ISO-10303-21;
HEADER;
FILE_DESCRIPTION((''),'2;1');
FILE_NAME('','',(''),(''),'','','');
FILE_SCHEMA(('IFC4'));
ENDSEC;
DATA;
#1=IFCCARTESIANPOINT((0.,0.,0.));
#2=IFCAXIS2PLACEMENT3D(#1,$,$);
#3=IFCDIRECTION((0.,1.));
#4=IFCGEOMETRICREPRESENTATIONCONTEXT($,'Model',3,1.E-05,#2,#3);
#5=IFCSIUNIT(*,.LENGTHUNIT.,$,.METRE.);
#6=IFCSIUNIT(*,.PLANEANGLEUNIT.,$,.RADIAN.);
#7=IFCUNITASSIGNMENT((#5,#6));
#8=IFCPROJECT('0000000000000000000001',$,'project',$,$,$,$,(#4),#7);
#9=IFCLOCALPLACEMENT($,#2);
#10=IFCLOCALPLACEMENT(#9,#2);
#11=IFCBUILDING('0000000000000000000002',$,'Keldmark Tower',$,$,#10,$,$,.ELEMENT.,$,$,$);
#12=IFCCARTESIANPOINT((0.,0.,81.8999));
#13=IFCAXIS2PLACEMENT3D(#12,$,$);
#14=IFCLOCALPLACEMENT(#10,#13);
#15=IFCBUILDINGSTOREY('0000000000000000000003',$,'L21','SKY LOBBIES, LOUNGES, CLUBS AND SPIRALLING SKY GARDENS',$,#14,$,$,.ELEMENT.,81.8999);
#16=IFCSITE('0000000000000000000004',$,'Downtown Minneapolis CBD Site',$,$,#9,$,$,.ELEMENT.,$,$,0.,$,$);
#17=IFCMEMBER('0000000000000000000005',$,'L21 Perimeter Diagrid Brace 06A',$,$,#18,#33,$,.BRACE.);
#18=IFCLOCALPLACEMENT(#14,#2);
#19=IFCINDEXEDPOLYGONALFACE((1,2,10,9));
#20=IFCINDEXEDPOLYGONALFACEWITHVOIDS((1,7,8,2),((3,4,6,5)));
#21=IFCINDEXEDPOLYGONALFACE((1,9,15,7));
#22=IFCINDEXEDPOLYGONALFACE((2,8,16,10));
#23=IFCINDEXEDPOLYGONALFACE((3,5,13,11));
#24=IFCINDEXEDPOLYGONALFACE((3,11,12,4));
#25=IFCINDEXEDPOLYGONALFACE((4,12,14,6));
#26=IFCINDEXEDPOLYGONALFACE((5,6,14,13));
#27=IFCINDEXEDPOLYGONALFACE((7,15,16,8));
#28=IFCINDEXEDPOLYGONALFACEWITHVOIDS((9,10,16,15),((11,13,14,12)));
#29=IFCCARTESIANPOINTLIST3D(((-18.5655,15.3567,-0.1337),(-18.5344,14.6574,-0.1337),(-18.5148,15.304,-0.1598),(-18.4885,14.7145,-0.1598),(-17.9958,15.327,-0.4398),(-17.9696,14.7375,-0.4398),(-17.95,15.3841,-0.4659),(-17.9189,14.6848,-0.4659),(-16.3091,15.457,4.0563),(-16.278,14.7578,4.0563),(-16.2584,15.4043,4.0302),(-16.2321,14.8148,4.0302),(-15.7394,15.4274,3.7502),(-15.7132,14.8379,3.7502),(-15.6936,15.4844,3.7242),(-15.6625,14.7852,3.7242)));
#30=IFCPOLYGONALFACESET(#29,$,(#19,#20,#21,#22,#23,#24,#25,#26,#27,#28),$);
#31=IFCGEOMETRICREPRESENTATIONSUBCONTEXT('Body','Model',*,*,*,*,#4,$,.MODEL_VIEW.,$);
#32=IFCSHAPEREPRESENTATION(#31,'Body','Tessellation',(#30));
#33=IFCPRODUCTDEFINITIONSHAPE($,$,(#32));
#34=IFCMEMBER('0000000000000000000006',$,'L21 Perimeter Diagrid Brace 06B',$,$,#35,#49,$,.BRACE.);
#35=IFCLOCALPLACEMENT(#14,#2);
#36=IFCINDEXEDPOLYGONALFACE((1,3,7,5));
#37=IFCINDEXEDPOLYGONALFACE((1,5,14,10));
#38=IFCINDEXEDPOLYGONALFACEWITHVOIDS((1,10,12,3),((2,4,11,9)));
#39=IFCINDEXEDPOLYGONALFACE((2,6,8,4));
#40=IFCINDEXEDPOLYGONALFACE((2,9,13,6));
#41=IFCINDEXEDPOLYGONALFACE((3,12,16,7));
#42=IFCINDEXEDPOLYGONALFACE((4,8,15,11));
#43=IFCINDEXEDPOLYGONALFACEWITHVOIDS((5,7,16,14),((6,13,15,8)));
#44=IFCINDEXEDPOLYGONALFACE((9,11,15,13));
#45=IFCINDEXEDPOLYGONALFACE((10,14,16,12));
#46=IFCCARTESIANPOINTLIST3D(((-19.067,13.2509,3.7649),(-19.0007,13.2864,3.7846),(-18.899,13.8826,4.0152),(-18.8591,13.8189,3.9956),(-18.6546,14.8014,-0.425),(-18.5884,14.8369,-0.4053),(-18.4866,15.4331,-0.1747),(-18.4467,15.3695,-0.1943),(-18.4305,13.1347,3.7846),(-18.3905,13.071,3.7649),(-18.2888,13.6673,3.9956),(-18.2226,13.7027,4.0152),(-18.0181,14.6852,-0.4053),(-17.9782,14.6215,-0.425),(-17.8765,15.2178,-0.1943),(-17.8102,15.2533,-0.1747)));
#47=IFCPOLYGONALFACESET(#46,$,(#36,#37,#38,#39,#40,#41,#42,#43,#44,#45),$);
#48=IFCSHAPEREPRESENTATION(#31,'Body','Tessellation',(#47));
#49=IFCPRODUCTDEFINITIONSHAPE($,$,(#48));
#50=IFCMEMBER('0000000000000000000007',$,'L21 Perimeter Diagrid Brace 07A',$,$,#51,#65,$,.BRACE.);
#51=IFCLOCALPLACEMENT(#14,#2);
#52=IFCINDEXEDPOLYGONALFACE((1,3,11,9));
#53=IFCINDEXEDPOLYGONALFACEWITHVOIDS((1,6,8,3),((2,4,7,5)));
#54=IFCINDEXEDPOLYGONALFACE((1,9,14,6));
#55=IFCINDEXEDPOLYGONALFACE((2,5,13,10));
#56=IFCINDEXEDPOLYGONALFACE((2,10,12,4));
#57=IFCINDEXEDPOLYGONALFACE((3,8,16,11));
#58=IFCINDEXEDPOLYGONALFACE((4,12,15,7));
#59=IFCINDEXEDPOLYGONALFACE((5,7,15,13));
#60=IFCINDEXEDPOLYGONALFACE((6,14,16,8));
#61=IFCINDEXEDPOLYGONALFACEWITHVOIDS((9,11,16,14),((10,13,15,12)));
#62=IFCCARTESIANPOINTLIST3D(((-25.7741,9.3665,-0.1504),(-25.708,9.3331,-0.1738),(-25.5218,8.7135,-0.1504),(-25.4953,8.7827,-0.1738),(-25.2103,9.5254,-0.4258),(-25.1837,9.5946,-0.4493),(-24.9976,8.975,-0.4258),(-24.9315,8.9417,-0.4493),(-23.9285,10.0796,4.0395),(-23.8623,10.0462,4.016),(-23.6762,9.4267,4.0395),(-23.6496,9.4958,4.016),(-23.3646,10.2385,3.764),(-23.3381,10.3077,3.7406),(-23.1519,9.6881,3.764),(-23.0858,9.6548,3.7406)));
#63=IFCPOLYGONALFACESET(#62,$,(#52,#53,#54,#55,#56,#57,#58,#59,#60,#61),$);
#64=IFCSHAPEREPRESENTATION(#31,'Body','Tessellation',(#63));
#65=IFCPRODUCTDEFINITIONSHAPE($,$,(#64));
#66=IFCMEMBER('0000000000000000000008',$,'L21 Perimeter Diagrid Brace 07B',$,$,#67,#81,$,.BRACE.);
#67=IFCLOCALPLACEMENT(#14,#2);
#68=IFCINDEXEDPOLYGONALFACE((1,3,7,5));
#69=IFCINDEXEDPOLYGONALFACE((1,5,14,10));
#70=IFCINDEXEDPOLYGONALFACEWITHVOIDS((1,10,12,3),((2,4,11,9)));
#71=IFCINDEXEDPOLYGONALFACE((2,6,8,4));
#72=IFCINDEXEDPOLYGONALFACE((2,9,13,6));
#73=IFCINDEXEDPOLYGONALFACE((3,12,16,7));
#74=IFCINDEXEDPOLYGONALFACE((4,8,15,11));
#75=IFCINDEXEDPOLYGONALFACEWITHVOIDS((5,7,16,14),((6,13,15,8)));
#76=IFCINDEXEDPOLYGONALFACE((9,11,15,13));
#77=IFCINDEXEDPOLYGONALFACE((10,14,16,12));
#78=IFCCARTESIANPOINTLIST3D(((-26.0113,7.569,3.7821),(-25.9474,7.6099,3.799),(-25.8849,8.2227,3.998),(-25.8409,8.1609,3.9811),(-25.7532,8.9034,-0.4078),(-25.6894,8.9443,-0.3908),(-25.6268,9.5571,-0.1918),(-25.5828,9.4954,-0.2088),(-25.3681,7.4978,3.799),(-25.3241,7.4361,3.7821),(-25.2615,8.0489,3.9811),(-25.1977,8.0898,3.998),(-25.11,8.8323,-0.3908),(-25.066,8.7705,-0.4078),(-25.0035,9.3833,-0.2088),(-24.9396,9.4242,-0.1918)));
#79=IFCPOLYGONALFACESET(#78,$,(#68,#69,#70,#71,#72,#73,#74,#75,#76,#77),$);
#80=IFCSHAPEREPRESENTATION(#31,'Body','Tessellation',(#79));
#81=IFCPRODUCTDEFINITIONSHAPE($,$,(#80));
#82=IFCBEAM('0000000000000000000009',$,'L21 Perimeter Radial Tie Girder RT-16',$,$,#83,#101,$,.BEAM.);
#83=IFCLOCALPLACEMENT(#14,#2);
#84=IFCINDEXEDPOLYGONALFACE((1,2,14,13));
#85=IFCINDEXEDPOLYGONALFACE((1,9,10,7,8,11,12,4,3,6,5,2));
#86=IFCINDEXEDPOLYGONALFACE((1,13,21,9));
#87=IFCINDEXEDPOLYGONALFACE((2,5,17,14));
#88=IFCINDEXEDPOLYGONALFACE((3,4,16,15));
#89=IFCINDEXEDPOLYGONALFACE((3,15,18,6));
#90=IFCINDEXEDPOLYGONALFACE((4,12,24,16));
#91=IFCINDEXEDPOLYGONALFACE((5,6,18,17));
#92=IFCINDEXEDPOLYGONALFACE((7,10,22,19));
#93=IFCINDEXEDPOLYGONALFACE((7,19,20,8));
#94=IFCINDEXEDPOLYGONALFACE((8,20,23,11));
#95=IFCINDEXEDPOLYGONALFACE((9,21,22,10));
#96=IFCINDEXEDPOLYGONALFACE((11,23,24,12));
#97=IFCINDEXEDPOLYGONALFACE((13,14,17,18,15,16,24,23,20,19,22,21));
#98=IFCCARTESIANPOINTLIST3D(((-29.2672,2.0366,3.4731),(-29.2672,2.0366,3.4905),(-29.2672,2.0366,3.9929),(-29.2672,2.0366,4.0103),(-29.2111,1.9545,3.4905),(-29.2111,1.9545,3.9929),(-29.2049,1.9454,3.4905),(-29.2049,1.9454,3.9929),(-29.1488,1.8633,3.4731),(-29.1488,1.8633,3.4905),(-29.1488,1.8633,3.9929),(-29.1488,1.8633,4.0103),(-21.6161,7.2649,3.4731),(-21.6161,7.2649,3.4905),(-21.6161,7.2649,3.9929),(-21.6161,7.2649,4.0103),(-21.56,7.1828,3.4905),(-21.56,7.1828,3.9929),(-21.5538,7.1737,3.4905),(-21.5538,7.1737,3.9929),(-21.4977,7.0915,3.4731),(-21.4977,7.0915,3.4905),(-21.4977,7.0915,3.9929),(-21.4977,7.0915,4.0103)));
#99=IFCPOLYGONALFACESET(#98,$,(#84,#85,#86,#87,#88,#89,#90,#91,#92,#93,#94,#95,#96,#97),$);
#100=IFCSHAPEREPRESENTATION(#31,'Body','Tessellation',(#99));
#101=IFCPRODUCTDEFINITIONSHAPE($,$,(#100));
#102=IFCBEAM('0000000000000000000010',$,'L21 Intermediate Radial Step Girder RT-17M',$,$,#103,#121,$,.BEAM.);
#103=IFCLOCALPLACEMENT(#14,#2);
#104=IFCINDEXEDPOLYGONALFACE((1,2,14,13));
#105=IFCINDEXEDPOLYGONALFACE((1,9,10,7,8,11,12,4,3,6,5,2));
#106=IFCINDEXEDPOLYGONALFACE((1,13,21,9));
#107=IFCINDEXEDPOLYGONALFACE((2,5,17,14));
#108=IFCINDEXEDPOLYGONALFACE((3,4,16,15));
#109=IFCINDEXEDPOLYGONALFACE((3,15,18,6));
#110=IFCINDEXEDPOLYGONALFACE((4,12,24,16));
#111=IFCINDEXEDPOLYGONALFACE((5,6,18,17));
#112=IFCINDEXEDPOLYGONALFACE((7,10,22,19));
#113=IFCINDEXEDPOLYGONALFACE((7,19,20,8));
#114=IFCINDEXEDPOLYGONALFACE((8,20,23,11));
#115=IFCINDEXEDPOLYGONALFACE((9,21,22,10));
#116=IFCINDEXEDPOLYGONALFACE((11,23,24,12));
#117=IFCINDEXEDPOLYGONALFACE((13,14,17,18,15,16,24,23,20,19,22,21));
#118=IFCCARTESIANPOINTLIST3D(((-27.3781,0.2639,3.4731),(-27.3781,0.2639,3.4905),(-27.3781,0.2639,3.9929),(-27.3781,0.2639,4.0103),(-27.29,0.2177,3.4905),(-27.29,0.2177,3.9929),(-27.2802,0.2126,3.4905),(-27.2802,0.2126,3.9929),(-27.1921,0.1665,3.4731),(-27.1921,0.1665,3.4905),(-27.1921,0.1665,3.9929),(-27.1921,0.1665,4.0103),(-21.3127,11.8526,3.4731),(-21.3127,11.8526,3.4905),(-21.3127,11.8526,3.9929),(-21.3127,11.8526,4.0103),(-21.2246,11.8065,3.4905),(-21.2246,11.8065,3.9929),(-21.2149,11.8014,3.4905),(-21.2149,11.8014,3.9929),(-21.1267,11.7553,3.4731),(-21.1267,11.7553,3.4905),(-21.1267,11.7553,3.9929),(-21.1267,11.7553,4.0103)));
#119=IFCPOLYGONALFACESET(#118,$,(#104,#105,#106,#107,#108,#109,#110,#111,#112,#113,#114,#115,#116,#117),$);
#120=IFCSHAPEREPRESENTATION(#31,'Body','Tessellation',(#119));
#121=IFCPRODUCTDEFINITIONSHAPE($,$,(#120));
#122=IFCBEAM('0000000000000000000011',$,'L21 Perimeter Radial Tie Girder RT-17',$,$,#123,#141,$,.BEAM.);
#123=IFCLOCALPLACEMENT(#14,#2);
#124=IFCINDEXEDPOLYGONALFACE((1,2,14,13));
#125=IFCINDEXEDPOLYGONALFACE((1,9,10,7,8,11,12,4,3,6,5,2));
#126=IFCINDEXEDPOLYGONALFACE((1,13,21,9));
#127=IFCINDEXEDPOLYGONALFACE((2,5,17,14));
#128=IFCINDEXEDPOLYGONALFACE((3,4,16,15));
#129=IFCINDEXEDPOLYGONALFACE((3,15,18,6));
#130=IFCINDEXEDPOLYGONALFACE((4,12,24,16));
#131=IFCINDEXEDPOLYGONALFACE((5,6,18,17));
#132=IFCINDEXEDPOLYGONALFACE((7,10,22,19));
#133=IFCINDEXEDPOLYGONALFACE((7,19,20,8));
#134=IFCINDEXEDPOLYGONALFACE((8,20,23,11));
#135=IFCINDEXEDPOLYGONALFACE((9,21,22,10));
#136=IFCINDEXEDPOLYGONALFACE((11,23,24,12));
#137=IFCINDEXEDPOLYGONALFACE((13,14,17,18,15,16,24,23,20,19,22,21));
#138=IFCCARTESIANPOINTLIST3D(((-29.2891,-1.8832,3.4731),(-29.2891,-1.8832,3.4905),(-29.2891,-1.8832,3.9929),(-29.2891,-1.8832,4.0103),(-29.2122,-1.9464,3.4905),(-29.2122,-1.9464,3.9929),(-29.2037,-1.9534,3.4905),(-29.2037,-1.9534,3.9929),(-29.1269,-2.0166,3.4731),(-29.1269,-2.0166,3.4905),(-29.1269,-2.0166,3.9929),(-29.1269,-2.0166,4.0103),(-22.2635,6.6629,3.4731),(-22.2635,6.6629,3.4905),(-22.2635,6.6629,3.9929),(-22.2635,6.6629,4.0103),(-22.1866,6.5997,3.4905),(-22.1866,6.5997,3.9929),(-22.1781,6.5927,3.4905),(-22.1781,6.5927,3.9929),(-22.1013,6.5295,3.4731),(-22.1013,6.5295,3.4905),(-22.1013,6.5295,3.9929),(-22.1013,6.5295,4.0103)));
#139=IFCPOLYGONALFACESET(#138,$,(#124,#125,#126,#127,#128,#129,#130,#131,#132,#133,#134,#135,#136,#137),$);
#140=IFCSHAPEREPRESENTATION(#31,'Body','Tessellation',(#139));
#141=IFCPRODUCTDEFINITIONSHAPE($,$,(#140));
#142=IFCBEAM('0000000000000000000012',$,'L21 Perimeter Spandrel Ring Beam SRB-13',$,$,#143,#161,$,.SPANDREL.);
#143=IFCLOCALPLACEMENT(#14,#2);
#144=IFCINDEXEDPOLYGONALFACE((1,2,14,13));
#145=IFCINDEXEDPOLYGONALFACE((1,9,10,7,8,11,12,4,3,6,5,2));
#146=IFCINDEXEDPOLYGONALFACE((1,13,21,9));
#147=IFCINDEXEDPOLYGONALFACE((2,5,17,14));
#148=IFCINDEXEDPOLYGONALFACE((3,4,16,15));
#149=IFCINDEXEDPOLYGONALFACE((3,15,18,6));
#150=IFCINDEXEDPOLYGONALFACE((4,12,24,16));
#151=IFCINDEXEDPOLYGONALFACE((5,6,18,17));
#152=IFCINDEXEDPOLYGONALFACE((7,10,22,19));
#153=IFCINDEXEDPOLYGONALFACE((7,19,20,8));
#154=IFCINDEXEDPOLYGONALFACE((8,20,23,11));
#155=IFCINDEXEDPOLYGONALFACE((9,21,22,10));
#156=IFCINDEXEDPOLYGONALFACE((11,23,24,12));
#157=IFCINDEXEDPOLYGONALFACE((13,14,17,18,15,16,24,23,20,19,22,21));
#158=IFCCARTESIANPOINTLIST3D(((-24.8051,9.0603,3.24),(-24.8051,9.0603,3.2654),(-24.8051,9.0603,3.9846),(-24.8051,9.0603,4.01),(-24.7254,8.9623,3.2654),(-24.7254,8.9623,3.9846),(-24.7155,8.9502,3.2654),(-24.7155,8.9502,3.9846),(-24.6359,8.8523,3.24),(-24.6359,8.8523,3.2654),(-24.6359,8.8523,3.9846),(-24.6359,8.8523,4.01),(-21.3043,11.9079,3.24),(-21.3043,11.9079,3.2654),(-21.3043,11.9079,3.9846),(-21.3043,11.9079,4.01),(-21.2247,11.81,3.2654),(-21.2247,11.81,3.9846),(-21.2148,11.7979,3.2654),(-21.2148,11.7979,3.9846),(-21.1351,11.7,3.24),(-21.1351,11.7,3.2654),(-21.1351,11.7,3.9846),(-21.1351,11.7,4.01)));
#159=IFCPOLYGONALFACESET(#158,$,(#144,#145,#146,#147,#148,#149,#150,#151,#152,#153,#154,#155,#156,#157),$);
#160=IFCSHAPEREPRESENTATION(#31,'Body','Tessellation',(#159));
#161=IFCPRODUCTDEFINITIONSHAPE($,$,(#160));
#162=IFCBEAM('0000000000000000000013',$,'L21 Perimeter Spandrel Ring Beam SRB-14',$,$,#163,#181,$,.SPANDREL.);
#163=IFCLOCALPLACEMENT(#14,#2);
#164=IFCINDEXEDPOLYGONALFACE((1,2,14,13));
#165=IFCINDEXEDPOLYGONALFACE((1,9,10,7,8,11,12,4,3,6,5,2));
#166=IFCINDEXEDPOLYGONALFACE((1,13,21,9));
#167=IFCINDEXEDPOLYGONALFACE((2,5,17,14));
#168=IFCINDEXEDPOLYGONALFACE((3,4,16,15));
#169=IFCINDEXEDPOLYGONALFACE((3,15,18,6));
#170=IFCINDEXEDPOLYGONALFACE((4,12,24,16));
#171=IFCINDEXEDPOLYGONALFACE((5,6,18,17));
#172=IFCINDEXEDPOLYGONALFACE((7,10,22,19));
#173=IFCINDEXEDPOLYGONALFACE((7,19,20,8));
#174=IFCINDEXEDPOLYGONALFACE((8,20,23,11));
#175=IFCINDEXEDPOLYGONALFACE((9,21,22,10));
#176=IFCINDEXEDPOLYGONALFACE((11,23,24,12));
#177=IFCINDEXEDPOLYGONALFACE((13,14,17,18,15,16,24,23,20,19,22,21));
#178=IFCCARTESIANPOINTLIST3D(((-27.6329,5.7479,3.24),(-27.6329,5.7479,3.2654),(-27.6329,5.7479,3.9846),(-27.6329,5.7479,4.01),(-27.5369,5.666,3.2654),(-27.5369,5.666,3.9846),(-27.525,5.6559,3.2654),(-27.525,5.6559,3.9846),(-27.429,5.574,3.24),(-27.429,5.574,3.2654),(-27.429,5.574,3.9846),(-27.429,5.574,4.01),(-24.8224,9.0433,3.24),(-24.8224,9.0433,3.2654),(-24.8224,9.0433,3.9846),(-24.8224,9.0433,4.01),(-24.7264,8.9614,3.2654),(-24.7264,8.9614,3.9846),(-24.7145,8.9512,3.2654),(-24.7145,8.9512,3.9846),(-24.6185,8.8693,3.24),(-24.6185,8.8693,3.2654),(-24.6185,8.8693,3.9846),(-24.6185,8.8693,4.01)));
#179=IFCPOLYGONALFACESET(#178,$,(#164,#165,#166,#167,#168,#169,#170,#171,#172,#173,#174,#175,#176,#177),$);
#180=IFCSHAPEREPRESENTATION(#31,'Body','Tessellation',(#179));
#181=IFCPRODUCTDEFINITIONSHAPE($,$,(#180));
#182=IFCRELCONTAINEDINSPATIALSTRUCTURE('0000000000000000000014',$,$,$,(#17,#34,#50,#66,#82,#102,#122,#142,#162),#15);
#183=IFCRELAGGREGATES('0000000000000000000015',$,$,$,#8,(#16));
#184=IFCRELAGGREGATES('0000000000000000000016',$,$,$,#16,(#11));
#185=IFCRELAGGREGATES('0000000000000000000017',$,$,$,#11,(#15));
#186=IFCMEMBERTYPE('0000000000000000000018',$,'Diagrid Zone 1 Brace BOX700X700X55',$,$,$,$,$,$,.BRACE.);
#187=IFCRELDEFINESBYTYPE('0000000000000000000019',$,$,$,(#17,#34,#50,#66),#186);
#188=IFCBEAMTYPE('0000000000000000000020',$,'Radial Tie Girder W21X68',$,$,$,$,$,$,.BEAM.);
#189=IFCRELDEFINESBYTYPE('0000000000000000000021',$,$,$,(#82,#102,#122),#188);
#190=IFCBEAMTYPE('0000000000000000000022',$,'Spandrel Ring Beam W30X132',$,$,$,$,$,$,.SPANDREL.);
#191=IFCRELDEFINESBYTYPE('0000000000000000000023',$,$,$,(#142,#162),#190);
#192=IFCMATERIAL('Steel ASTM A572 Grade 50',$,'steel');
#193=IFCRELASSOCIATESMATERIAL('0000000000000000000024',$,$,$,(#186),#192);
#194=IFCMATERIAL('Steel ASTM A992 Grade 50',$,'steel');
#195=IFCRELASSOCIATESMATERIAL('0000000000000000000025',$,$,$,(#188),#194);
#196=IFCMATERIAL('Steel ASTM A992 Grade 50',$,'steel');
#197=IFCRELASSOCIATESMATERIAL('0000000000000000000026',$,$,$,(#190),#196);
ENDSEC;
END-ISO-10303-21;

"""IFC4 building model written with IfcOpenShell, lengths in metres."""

from ifc_helpers import new_model, si_unit, direction, frame, origin, origin_2d, place, context, subcontext, project, spatial, hollow_rectangle, i_section, extrude, material, material_profile, profile_set, type_object, element, save


model = new_model("IFC4")

# Units and contexts
model_context = context("Model", 3, precision=1e-05, world=origin(), true_north=direction((0.0, 1.0)))
body_context = subcontext(model_context, "Body", "Model", "MODEL_VIEW")
ifc_project = project(units=[si_unit("LENGTHUNIT", "METRE"), si_unit("PLANEANGLEUNIT", "RADIAN")], contexts=[model_context])

# Site, building, storey
site_placement = place(None, origin())
site = spatial("IfcSite", under=ifc_project, at=site_placement, Name="Downtown Minneapolis CBD Site", CompositionType="ELEMENT", RefElevation=0.0)
building_placement = place(site_placement, origin())
building = spatial("IfcBuilding", under=site, at=building_placement, Name="Keldmark Tower", CompositionType="ELEMENT")
storey_placement = place(building_placement, frame((0.0, 0.0, 81.8999)))
storey = spatial("IfcBuildingStorey", under=building, at=storey_placement, Name="L21", Description="SKY LOBBIES, LOUNGES, CLUBS AND SPIRALLING SKY GARDENS", CompositionType="ELEMENT", Elevation=81.8999)

# Members
ifc_material_1 = material(Name="Steel ASTM A572 Grade 50", Category="steel")
ifc_material_profile_1 = material_profile(ifc_material_1, hollow_rectangle(XDim=0.7, YDim=0.7, WallThickness=0.0549, at=origin_2d()), Name="BOX700X700X55")
ifc_profile_set_1 = profile_set([ifc_material_profile_1], Name="Steel ASTM A572 Grade 50")
member_type = type_object("IfcMemberType", Name="Diagrid Zone 1 Brace BOX700X700X55", PredefinedType="BRACE", material=ifc_profile_set_1)
member_1_placement = place(storey_placement, frame((-18.2422, 15.0208, -0.2998), z_axis=(0.474031, 0.021081, 0.880256), x_axis=(-0.044427, 0.999013, 0.0)))
element("IfcMember", 1, at=member_1_placement, inside=storey, type_object=member_type, Name="L21 Perimeter Diagrid Brace 06A", PredefinedType="BRACE", context=body_context, shape_type="SweptSolid", body=[
    extrude(hollow_rectangle(XDim=0.7, YDim=0.7, WallThickness=0.0549, at=origin_2d()), origin(), (0.0, 0.0, 1.0), 4.76),
])
member_2_placement = place(storey_placement, frame((-18.2324, 15.0273, -0.2998), z_axis=(-0.091907, -0.345591, 0.933874), x_axis=(0.966409, -0.257009, 0.0)))
element("IfcMember", 2, at=member_2_placement, inside=storey, type_object=member_type, Name="L21 Perimeter Diagrid Brace 06B", PredefinedType="BRACE", context=body_context, shape_type="SweptSolid", body=[
    extrude(hollow_rectangle(XDim=0.7, YDim=0.7, WallThickness=0.0549, at=origin_2d()), origin(), (0.0, 0.0, 1.0), 4.4866),
])
member_3_placement = place(storey_placement, frame((-25.3528, 9.1541, -0.2998), z_axis=(0.398325, 0.153903, 0.90424), x_axis=(-0.360409, 0.932794, 0.0)))
element("IfcMember", 3, at=member_3_placement, inside=storey, type_object=member_type, Name="L21 Perimeter Diagrid Brace 07A", PredefinedType="BRACE", context=body_context, shape_type="SweptSolid", body=[
    extrude(hollow_rectangle(XDim=0.7, YDim=0.7, WallThickness=0.0549, at=origin_2d()), origin(), (0.0, 0.0, 1.0), 4.6335),
])
member_4_placement = place(storey_placement, frame((-25.3464, 9.1638, -0.2998), z_axis=(-0.058584, -0.302953, 0.951203), x_axis=(0.981811, -0.18986, 0.0)))
element("IfcMember", 4, at=member_4_placement, inside=storey, type_object=member_type, Name="L21 Perimeter Diagrid Brace 07B", PredefinedType="BRACE", context=body_context, shape_type="SweptSolid", body=[
    extrude(hollow_rectangle(XDim=0.7, YDim=0.7, WallThickness=0.0549, at=origin_2d()), origin(), (0.0, 0.0, 1.0), 4.4048),
])

# Beams
ifc_material_2 = material(Name="Steel ASTM A992 Grade 50", Category="steel")
ifc_material_profile_2 = material_profile(ifc_material_2, i_section(OverallWidth=0.21, OverallDepth=0.5371, WebThickness=0.011, FlangeThickness=0.0173, at=origin_2d()), Name="W21X68")
ifc_profile_set_2 = profile_set([ifc_material_profile_2], Name="Steel ASTM A992 Grade 50")
beam_type_1 = type_object("IfcBeamType", Name="Radial Tie Girder W21X68", PredefinedType="BEAM", material=ifc_profile_set_2)
beam_1_placement = place(storey_placement, frame((-21.5569, 7.1782, 3.7417), z_axis=(-0.825644, -0.564191, 0.0), x_axis=(0.564191, -0.825644, 0.0)))
element("IfcBeam", 5, at=beam_1_placement, inside=storey, type_object=beam_type_1, Name="L21 Perimeter Radial Tie Girder RT-16", PredefinedType="BEAM", context=body_context, shape_type="SweptSolid", body=[
    extrude(i_section(OverallWidth=0.21, OverallDepth=0.5371, WebThickness=0.011, FlangeThickness=0.0173, at=origin_2d()), origin(), (0.0, 0.0, 1.0), 9.2668),
])
beam_2_placement = place(storey_placement, frame((-21.2197, 11.804, 3.7417), z_axis=(-0.463711, -0.885986, 0.0), x_axis=(0.885986, -0.463711, 0.0)))
element("IfcBeam", 6, at=beam_2_placement, inside=storey, type_object=beam_type_1, Name="L21 Intermediate Radial Step Girder RT-17M", PredefinedType="BEAM", context=body_context, shape_type="SweptSolid", body=[
    extrude(i_section(OverallWidth=0.21, OverallDepth=0.5371, WebThickness=0.011, FlangeThickness=0.0173, at=origin_2d()), origin(), (0.0, 0.0, 1.0), 13.0801),
])
beam_3_placement = place(storey_placement, frame((-22.1824, 6.5962, 3.7417), z_axis=(-0.635041, -0.772478, 0.0), x_axis=(0.772478, -0.635041, 0.0)))
element("IfcBeam", 7, at=beam_3_placement, inside=storey, type_object=beam_type_1, Name="L21 Perimeter Radial Tie Girder RT-17", PredefinedType="BEAM", context=body_context, shape_type="SweptSolid", body=[
    extrude(i_section(OverallWidth=0.21, OverallDepth=0.5371, WebThickness=0.011, FlangeThickness=0.0173, at=origin_2d()), origin(), (0.0, 0.0, 1.0), 11.0632),
])
ifc_material_3 = material(Name="Steel ASTM A992 Grade 50", Category="steel")
ifc_material_profile_3 = material_profile(ifc_material_3, i_section(OverallWidth=0.2681, OverallDepth=0.77, WebThickness=0.0156, FlangeThickness=0.0254, at=origin_2d()), Name="W30X132")
ifc_profile_set_3 = profile_set([ifc_material_profile_3], Name="Steel ASTM A992 Grade 50")
beam_type_2 = type_object("IfcBeamType", Name="Spandrel Ring Beam W30X132", PredefinedType="SPANDREL", material=ifc_profile_set_3)
beam_4_placement = place(storey_placement, frame((-21.2197, 11.804, 3.625), z_axis=(-0.775755, -0.631034, 0.0), x_axis=(0.631034, -0.775755, 0.0)))
element("IfcBeam", 8, at=beam_4_placement, inside=storey, type_object=beam_type_2, Name="L21 Perimeter Spandrel Ring Beam SRB-13", PredefinedType="SPANDREL", context=body_context, shape_type="SweptSolid", body=[
    extrude(i_section(OverallWidth=0.2681, OverallDepth=0.77, WebThickness=0.0156, FlangeThickness=0.0254, at=origin_2d()), origin(), (0.0, 0.0, 1.0), 4.5127),
])
beam_5_placement = place(storey_placement, frame((-24.7205, 8.9563, 3.625), z_axis=(-0.648914, -0.760862, 0.0), x_axis=(0.760862, -0.648914, 0.0)))
element("IfcBeam", 9, at=beam_5_placement, inside=storey, type_object=beam_type_2, Name="L21 Perimeter Spandrel Ring Beam SRB-14", PredefinedType="SPANDREL", context=body_context, shape_type="SweptSolid", body=[
    extrude(i_section(OverallWidth=0.2681, OverallDepth=0.77, WebThickness=0.0156, FlangeThickness=0.0254, at=origin_2d()), origin(), (0.0, 0.0, 1.0), 4.3311),
])

save(model, "model.ifc")
